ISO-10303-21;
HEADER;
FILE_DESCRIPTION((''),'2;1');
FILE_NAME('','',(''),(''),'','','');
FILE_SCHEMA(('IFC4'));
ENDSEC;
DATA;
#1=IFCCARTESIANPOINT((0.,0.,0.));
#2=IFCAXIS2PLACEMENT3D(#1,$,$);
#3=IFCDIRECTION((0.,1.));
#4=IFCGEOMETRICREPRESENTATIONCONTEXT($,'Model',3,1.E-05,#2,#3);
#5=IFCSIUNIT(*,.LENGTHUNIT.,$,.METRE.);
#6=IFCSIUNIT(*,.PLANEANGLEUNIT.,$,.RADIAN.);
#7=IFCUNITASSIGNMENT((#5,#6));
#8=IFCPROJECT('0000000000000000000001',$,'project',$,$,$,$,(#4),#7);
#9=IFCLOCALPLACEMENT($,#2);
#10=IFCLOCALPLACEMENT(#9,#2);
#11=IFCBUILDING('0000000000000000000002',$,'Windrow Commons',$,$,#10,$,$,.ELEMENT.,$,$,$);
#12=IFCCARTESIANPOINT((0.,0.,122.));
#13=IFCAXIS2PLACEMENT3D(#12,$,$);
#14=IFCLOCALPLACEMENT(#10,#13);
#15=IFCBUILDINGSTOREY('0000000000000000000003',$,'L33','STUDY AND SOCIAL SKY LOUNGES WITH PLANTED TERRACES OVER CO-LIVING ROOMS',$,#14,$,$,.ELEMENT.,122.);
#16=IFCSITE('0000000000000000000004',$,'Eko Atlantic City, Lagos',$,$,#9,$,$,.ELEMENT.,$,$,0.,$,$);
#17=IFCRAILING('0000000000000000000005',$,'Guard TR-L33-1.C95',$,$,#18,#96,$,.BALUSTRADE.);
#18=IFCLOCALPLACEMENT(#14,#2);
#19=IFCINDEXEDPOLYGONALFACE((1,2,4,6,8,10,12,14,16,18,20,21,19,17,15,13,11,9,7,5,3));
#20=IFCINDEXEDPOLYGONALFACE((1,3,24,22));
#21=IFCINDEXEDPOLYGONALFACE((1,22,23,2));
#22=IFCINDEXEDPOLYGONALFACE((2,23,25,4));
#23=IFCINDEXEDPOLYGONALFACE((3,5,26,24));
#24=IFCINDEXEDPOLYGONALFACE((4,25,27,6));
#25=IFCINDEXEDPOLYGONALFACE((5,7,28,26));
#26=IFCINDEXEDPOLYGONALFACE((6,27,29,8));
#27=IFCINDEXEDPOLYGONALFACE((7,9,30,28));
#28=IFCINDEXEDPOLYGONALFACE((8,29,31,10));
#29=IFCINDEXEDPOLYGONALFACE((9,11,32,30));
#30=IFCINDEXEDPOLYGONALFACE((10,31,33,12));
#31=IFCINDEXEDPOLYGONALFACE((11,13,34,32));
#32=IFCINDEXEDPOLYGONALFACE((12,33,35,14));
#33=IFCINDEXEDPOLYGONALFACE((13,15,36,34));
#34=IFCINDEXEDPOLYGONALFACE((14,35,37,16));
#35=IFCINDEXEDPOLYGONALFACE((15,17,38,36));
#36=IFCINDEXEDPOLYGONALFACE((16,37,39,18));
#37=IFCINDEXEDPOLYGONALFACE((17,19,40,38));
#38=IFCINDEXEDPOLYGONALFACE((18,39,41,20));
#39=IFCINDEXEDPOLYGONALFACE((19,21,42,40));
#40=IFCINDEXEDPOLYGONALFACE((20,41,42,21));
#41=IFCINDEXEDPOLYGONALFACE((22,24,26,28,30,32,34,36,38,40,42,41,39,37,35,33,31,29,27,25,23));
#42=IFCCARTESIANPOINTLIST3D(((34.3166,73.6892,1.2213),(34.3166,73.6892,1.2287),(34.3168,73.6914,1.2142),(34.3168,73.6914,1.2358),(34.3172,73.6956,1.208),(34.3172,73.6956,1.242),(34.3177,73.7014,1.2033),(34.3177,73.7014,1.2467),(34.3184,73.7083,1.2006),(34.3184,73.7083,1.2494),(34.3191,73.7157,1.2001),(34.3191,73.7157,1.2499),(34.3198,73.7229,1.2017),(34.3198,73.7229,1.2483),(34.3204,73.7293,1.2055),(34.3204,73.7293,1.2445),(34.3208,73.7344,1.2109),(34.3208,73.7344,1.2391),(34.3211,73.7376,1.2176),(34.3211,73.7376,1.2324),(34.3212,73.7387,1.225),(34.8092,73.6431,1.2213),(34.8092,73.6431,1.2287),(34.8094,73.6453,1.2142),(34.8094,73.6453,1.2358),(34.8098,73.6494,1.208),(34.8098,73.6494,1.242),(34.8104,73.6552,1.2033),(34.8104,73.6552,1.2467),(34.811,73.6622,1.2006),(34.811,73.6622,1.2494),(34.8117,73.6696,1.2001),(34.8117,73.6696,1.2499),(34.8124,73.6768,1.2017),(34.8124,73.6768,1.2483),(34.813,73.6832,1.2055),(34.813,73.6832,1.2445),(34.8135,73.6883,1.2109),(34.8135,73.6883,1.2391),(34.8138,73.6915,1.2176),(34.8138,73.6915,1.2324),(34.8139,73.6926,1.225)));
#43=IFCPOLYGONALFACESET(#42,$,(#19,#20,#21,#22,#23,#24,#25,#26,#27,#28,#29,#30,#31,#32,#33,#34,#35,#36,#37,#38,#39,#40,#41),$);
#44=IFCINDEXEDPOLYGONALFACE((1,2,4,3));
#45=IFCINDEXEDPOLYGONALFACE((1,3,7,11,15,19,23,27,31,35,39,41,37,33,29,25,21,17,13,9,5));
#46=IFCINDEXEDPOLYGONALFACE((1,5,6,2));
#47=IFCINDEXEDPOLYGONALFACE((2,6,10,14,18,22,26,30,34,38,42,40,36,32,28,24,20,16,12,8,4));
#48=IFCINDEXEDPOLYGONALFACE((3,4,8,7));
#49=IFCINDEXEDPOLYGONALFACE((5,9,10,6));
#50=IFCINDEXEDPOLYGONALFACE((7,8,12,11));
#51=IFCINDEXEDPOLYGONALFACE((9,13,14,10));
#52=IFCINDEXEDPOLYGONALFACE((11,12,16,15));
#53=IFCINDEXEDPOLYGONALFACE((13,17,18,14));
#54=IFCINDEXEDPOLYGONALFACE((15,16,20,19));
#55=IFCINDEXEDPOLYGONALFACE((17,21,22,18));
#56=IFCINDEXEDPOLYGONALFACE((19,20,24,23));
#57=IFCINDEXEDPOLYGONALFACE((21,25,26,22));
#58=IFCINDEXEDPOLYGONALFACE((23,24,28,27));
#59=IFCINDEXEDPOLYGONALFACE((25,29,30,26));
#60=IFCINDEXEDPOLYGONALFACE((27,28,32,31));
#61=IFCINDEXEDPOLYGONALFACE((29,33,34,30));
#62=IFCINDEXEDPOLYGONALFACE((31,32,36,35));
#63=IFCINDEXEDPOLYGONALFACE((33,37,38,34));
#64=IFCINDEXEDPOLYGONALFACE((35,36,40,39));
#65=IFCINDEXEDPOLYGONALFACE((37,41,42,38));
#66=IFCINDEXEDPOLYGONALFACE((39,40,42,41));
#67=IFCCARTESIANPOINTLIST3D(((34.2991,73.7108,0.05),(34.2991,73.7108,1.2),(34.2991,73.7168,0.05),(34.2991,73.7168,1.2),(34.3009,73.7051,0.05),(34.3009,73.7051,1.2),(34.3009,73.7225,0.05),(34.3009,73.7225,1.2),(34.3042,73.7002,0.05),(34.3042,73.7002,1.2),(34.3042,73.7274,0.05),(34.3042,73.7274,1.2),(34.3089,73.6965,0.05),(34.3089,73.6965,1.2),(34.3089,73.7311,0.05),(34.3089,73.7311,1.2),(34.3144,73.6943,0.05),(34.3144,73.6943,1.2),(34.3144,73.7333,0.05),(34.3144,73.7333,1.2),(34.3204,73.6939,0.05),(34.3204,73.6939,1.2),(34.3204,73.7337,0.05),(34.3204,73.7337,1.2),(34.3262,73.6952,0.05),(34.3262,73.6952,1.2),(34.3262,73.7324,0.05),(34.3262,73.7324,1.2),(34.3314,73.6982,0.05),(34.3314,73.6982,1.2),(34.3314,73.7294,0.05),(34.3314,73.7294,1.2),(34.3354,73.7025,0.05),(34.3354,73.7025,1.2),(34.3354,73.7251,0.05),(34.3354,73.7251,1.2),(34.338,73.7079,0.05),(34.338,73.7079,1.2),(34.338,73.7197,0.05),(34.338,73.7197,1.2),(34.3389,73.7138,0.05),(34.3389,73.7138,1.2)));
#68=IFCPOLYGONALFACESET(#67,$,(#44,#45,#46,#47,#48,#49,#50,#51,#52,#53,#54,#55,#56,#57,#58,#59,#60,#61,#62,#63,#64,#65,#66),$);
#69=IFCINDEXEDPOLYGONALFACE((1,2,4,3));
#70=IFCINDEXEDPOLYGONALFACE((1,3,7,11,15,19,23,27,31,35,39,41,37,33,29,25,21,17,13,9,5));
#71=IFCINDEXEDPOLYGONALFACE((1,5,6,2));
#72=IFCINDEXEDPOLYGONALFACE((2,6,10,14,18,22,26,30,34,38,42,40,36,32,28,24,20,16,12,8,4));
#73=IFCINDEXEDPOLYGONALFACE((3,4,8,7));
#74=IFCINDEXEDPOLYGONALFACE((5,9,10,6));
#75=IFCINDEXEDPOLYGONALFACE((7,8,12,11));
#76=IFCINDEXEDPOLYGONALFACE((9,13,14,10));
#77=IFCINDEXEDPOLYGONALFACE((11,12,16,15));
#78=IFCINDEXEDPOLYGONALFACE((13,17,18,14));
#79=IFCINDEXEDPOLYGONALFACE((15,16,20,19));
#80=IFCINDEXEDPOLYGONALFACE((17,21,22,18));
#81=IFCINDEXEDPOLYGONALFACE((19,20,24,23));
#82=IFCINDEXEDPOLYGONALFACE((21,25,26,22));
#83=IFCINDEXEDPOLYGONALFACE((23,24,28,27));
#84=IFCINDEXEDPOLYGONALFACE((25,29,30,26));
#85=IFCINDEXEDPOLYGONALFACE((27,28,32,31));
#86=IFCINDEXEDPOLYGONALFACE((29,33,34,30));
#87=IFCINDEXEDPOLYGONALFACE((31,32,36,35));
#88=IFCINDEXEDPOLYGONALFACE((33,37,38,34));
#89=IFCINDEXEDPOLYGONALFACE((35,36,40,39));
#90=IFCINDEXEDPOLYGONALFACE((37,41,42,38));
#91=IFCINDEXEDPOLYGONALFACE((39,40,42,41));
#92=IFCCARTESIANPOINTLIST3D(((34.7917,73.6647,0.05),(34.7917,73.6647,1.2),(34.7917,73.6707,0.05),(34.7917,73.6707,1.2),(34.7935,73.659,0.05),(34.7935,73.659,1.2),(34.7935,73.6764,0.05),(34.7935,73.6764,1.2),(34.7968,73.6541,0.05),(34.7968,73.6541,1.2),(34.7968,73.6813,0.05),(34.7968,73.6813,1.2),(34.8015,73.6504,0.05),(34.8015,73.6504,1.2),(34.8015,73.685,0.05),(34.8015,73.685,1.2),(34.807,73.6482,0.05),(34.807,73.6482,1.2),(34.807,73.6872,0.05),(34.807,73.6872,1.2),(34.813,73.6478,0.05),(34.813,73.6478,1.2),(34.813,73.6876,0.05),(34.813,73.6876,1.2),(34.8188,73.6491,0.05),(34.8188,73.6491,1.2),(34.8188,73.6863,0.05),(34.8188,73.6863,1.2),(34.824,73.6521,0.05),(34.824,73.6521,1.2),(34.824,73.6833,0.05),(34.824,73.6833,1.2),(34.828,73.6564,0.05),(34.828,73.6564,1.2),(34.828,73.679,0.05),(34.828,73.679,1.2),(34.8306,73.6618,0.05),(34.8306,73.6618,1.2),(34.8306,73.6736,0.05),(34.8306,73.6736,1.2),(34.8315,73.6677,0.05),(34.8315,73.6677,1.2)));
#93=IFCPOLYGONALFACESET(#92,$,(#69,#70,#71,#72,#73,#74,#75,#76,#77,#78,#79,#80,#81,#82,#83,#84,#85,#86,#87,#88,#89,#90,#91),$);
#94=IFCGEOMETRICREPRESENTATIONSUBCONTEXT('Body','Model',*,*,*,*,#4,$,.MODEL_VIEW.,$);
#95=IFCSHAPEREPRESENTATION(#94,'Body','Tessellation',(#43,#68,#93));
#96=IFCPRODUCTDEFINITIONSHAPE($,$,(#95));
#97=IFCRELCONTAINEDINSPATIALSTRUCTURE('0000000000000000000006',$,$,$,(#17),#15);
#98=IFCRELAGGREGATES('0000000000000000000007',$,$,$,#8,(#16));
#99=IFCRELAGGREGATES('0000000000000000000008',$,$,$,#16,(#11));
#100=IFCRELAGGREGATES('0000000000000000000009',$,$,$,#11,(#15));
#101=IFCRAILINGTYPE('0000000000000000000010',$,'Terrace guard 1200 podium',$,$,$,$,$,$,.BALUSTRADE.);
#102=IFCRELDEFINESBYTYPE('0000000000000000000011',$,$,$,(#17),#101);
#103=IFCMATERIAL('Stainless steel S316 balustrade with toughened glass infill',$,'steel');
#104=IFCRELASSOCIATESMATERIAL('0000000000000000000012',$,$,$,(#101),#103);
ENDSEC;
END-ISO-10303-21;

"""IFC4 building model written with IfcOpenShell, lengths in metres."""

from ifc_helpers import new_model, si_unit, direction, frame, origin, origin_2d, place, context, subcontext, project, spatial, circle, extrude, material, type_object, element, save


model = new_model("IFC4")

# Units and contexts
model_context = context("Model", 3, precision=1e-05, world=origin(), true_north=direction((0.0, 1.0)))
body_context = subcontext(model_context, "Body", "Model", "MODEL_VIEW")
ifc_project = project(units=[si_unit("LENGTHUNIT", "METRE"), si_unit("PLANEANGLEUNIT", "RADIAN")], contexts=[model_context])

# Site, building, storey
site_placement = place(None, origin())
site = spatial("IfcSite", under=ifc_project, at=site_placement, Name="Eko Atlantic City, Lagos", CompositionType="ELEMENT", RefElevation=0.0)
building_placement = place(site_placement, origin())
building = spatial("IfcBuilding", under=site, at=building_placement, Name="Windrow Commons", CompositionType="ELEMENT")
storey_placement = place(building_placement, frame((0.0, 0.0, 122.0)))
storey = spatial("IfcBuildingStorey", under=building, at=storey_placement, Name="L33", Description="STUDY AND SOCIAL SKY LOUNGES WITH PLANTED TERRACES OVER CO-LIVING ROOMS", CompositionType="ELEMENT", Elevation=122.0)

# Railing
ifc_material_1 = material(Name="Stainless steel S316 balustrade with toughened glass infill", Category="steel")
railing_type = type_object("IfcRailingType", Name="Terrace guard 1200 podium", PredefinedType="BALUSTRADE", material=ifc_material_1)
railing_1_placement = place(storey_placement, frame((34.3189, 73.7138, 0.05)))
element("IfcRailing", 1, at=railing_1_placement, inside=storey, type_object=railing_type, Name="Guard TR-L33-1.C95", PredefinedType="BALUSTRADE", context=body_context, shape_type="SweptSolid", body=[
    extrude(circle(Radius=0.025, at=origin_2d()), frame((0.0, 0.0, 1.175), z_axis=(0.995649, -0.093178, 0.0), x_axis=(0.093178, 0.995649, 0.0)), (0.0, 0.0, 1.0), 0.4948),
    extrude(circle(Radius=0.02, at=origin_2d()), origin(), (0.0, 0.0, 1.0), 1.15),
    extrude(circle(Radius=0.02, at=origin_2d()), frame((0.4926, -0.0461, 0.0)), (0.0, 0.0, 1.0), 1.15),
])

save(model, "model.ifc")
